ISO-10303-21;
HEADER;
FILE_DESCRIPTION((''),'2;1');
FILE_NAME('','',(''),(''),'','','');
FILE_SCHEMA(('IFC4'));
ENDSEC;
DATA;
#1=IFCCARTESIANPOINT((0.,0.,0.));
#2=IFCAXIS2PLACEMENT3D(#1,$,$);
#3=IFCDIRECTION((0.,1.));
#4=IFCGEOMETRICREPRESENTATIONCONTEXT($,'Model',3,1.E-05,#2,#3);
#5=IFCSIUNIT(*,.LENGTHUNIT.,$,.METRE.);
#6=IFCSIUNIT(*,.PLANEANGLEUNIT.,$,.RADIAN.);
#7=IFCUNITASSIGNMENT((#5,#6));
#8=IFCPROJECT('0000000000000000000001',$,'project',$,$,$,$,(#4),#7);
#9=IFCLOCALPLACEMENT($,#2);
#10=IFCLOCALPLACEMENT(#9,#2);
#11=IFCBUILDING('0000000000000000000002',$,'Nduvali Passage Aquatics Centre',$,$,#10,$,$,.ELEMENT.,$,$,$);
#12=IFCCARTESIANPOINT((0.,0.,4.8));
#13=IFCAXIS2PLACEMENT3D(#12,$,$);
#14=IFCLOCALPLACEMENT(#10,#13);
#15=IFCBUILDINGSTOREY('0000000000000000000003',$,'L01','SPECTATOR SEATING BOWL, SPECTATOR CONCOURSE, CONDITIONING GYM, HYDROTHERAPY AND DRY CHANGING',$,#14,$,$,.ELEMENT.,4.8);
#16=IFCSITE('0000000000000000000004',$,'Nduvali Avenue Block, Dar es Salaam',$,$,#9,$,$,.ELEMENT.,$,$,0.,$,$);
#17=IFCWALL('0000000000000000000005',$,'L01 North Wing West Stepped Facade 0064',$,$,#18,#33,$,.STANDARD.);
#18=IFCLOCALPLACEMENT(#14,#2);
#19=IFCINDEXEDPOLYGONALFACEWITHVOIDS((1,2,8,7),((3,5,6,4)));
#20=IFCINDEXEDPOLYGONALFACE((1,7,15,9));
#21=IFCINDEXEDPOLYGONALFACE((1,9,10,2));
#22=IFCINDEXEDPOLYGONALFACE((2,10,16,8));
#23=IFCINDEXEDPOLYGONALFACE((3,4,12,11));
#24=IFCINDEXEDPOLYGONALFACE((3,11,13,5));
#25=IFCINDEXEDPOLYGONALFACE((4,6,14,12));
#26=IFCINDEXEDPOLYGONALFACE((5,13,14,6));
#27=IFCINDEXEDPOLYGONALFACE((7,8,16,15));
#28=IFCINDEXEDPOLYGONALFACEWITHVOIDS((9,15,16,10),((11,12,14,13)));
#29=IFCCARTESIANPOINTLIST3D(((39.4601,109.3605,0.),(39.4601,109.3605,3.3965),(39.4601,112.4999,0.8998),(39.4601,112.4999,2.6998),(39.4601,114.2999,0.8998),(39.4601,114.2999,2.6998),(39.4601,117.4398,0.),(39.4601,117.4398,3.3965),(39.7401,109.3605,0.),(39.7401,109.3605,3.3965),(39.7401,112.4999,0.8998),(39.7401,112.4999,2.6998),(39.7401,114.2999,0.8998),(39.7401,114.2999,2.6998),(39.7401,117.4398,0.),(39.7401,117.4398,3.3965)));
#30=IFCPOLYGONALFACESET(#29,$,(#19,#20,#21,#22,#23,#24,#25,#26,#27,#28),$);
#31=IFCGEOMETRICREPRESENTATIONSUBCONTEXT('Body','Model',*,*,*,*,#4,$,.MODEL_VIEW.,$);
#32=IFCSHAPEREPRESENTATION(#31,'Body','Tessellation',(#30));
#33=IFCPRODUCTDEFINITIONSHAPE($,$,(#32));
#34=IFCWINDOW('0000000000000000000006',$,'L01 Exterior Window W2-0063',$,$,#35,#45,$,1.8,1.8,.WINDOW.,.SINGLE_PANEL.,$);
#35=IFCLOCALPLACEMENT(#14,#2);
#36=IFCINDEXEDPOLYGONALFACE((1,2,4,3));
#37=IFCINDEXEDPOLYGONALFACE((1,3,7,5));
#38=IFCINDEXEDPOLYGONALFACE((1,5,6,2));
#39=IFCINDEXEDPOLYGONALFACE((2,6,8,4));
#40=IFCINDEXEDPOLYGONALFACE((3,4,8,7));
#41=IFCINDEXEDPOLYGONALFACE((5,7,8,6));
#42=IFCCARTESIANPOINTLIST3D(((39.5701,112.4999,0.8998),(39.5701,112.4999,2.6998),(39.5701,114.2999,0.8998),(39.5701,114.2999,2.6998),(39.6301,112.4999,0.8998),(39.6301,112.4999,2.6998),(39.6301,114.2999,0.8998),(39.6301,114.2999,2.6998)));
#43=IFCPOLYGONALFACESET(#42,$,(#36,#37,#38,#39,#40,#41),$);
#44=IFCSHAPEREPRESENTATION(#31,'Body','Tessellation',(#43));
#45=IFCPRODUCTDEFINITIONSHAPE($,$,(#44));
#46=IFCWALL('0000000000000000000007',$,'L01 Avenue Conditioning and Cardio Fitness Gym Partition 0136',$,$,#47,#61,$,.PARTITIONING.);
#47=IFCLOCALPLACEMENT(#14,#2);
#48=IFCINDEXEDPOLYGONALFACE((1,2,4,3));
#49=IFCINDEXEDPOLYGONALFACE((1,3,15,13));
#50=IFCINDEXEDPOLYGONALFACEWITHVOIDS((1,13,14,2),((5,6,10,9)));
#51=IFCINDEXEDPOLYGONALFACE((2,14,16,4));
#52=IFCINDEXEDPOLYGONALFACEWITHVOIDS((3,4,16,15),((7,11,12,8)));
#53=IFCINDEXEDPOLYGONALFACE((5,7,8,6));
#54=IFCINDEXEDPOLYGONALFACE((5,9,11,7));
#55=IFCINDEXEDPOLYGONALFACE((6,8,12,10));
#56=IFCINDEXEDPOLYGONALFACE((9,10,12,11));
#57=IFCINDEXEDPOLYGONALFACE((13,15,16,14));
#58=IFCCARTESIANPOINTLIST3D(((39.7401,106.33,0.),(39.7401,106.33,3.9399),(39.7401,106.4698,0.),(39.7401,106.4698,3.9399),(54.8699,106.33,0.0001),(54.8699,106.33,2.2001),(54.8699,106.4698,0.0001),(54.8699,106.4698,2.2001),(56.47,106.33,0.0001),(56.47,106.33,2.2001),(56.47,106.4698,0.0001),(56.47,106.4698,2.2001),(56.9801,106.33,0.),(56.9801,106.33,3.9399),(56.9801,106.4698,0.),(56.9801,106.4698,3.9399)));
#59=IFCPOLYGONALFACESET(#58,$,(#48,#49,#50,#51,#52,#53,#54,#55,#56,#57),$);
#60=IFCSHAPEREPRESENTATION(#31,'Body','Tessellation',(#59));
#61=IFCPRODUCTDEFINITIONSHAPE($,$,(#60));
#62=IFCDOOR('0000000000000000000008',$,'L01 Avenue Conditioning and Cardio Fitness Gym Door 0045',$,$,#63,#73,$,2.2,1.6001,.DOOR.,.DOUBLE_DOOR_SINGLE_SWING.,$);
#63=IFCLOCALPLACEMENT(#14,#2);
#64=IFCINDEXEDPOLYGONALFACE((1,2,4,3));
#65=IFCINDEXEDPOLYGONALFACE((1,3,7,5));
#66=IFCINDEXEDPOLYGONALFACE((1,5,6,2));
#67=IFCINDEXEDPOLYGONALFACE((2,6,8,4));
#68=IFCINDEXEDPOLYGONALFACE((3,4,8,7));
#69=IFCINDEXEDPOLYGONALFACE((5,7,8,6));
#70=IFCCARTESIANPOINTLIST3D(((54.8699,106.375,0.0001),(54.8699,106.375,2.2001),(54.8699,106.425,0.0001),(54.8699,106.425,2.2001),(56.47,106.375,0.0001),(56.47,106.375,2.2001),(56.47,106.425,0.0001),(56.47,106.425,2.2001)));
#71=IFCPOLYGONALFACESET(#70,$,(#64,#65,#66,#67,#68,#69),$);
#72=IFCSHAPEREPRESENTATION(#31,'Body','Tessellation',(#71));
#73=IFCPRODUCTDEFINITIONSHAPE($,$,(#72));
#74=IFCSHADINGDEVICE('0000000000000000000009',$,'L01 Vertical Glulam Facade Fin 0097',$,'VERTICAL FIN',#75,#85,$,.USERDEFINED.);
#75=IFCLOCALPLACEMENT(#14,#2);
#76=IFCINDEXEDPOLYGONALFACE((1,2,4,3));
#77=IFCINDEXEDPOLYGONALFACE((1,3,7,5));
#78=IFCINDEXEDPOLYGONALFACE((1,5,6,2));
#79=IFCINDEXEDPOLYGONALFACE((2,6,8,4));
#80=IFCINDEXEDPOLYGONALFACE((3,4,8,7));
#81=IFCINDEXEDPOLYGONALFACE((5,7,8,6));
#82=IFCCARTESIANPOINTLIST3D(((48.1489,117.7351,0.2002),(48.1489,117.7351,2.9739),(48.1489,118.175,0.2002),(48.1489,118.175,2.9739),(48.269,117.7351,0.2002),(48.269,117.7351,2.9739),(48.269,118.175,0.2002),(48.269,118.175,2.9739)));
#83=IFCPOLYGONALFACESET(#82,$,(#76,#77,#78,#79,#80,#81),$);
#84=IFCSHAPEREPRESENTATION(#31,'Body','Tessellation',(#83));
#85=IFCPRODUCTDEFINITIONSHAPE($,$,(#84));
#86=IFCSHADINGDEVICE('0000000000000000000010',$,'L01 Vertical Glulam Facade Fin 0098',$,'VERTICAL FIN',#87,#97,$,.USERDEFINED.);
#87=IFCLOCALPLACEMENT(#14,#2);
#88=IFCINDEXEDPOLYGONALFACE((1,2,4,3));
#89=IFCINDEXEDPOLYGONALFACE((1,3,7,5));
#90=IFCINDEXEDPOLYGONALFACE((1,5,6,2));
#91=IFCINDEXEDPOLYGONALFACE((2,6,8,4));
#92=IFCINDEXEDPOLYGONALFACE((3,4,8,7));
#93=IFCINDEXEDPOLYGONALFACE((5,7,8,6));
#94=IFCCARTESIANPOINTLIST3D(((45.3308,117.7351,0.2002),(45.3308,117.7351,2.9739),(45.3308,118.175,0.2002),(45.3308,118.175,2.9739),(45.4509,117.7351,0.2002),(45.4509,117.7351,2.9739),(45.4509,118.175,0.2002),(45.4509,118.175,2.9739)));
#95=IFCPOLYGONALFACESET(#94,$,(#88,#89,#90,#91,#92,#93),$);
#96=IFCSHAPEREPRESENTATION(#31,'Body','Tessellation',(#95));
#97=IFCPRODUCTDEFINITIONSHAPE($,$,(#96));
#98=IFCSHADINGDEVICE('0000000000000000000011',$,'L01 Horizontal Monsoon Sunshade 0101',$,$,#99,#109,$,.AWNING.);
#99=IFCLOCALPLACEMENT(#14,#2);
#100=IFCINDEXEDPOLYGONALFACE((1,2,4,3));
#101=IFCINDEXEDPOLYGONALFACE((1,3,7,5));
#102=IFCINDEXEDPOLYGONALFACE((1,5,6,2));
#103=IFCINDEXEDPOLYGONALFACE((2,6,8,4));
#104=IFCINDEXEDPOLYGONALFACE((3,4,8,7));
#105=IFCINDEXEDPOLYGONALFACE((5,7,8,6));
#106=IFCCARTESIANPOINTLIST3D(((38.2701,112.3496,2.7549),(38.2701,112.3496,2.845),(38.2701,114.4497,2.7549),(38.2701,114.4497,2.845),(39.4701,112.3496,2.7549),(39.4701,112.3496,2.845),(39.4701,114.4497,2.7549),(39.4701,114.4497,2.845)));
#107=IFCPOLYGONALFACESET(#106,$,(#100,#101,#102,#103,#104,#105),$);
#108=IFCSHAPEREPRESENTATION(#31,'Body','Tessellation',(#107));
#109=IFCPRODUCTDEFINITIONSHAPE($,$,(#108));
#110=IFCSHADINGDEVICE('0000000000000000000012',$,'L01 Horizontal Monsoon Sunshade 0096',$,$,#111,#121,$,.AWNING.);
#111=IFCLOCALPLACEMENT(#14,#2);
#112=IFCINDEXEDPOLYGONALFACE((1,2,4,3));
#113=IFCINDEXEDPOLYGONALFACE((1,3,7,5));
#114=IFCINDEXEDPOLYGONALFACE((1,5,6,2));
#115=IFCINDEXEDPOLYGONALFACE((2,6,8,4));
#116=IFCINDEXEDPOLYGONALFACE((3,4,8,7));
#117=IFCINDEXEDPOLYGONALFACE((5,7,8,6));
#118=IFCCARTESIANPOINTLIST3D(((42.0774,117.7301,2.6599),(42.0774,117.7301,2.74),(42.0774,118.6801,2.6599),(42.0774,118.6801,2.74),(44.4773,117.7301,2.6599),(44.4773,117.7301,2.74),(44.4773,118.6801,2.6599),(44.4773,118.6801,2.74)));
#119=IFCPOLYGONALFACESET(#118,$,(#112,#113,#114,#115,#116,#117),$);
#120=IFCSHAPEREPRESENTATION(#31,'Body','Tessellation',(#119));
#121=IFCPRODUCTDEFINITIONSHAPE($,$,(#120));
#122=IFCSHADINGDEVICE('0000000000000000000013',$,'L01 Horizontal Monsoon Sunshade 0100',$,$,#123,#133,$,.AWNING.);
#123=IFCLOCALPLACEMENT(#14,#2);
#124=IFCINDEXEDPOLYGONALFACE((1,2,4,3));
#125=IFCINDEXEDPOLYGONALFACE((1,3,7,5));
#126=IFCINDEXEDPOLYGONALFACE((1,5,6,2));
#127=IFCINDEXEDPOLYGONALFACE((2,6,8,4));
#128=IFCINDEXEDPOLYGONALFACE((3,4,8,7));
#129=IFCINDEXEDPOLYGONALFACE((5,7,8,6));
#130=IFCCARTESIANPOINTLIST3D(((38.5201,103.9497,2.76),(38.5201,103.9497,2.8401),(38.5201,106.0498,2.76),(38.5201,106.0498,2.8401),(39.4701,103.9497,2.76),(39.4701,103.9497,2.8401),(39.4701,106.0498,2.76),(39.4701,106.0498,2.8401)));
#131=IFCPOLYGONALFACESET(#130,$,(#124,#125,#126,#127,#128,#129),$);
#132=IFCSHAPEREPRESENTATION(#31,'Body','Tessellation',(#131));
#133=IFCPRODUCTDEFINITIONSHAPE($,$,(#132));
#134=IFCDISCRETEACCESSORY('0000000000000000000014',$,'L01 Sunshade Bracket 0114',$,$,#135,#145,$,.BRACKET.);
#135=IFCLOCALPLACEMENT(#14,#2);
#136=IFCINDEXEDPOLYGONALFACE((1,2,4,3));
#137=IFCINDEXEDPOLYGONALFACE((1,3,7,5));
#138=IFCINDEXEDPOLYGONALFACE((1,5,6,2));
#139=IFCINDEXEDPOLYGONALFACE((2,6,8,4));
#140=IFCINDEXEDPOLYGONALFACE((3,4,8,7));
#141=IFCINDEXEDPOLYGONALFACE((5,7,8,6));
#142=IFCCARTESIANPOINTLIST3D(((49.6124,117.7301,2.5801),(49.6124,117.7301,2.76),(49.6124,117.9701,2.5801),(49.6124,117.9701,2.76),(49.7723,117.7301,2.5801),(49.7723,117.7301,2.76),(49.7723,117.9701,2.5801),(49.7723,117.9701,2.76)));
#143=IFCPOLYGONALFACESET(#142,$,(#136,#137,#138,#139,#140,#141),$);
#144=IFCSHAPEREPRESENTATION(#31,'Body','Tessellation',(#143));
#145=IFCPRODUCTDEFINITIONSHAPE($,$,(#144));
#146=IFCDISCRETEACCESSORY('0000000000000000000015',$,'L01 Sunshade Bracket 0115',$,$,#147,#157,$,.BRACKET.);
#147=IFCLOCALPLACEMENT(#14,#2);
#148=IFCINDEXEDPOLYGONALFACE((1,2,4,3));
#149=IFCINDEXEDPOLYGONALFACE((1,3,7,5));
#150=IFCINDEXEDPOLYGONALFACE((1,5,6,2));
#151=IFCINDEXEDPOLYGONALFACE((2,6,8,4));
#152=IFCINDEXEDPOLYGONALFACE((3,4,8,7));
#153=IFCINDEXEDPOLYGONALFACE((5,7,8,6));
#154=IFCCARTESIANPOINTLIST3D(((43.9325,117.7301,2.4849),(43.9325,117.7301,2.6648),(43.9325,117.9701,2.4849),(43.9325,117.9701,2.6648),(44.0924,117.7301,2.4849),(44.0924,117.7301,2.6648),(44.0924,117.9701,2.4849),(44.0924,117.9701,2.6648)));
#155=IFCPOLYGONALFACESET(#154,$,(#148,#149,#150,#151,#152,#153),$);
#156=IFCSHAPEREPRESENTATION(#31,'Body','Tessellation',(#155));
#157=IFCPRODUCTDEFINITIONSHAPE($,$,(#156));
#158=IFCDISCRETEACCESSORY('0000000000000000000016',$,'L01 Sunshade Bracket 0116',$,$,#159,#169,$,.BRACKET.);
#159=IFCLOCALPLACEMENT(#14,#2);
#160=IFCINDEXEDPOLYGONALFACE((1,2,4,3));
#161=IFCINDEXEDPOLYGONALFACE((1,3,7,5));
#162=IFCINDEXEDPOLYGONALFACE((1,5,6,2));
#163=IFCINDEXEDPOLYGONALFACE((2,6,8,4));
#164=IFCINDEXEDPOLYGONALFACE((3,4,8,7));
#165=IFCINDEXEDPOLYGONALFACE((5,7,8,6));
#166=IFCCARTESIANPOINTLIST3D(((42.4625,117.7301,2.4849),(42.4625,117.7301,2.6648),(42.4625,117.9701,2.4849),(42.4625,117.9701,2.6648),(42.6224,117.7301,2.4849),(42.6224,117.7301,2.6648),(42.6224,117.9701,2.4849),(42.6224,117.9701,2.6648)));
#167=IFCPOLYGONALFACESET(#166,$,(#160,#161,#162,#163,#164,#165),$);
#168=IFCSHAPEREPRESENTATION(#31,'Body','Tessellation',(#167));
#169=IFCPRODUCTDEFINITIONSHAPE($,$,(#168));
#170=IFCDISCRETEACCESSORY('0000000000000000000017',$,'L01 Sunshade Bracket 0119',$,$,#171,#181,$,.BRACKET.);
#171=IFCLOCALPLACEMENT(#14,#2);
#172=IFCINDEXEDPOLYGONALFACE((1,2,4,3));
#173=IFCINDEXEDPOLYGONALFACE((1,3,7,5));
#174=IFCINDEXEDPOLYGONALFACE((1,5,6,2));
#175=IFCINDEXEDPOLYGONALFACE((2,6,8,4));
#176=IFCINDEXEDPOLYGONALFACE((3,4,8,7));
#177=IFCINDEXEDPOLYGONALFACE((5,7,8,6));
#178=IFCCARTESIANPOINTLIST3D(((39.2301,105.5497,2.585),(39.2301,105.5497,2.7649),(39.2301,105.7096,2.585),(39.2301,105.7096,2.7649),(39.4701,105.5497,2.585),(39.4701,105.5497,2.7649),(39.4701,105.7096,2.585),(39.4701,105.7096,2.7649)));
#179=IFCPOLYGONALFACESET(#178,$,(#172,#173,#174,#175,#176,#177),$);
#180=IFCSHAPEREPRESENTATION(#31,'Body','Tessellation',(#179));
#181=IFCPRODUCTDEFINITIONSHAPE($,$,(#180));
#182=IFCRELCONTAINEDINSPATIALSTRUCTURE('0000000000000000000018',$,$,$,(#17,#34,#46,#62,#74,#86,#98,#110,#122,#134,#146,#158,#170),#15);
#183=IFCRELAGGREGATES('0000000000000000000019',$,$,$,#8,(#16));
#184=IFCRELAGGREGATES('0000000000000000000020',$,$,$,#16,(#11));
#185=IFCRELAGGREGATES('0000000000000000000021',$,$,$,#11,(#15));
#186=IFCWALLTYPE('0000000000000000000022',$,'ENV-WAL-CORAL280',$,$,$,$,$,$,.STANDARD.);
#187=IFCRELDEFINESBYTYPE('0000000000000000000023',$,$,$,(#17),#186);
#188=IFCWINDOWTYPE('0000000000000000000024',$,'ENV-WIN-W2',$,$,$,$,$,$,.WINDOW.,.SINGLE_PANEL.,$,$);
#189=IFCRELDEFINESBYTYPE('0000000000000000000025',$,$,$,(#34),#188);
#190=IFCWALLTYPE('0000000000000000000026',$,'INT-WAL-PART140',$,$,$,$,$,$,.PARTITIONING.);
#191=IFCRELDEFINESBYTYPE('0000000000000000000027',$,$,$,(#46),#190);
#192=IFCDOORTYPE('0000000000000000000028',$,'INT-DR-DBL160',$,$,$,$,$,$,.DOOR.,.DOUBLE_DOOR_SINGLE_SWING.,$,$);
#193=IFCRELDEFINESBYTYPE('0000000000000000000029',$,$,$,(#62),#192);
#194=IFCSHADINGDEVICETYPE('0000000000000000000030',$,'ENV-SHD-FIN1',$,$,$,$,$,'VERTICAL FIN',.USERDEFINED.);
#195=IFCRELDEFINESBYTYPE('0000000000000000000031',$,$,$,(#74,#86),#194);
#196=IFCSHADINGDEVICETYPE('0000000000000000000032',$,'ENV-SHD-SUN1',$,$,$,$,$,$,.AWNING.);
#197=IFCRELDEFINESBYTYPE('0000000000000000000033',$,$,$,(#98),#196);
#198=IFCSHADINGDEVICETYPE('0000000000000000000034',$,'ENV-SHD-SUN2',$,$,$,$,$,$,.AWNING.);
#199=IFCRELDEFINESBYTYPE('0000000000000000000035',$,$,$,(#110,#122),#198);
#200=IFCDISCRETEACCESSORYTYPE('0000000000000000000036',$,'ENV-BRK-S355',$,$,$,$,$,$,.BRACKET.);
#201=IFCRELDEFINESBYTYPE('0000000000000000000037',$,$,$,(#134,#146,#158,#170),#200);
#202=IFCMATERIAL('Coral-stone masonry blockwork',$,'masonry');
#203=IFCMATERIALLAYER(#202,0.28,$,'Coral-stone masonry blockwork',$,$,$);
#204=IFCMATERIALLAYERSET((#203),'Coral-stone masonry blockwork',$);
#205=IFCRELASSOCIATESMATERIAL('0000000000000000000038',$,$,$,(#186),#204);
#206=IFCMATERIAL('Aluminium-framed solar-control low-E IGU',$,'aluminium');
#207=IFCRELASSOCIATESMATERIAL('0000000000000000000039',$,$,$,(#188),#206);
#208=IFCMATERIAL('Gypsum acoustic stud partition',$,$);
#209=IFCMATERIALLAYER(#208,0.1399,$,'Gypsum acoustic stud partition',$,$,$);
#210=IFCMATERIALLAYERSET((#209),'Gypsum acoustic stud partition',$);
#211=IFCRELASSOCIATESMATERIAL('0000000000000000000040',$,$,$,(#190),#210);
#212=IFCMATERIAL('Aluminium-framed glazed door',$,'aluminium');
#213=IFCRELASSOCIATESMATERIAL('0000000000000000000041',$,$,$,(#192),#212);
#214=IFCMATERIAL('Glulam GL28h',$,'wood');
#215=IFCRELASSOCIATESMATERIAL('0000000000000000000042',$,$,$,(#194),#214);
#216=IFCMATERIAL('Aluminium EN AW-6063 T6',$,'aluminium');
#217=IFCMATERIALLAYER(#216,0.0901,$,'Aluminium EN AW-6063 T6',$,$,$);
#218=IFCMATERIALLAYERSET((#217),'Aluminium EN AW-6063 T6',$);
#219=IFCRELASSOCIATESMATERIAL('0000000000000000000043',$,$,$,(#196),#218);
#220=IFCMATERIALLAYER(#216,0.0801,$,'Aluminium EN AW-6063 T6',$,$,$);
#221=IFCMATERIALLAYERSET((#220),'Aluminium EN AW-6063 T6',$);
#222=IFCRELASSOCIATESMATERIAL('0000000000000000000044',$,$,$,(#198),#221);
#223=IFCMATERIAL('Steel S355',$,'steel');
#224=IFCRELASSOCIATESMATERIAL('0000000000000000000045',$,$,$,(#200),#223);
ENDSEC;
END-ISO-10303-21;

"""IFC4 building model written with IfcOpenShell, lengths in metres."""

from ifc_helpers import new_model, si_unit, direction, frame, frame_2d, origin, origin_2d, place, context, subcontext, project, spatial, rectangle, extrude, material, layer, layer_set, type_object, element, fill, save


model = new_model("IFC4")

# Units and contexts
model_context = context("Model", 3, precision=1e-05, world=origin(), true_north=direction((0.0, 1.0)))
body_context = subcontext(model_context, "Body", "Model", "MODEL_VIEW")
ifc_project = project(units=[si_unit("LENGTHUNIT", "METRE"), si_unit("PLANEANGLEUNIT", "RADIAN")], contexts=[model_context])

# Site, building, storey
site_placement = place(None, origin())
site = spatial("IfcSite", under=ifc_project, at=site_placement, Name="Nduvali Avenue Block, Dar es Salaam", CompositionType="ELEMENT", RefElevation=0.0)
building_placement = place(site_placement, origin())
building = spatial("IfcBuilding", under=site, at=building_placement, Name="Nduvali Passage Aquatics Centre", CompositionType="ELEMENT")
storey_placement = place(building_placement, frame((0.0, 0.0, 4.8)))
storey = spatial("IfcBuildingStorey", under=building, at=storey_placement, Name="L01", Description="SPECTATOR SEATING BOWL, SPECTATOR CONCOURSE, CONDITIONING GYM, HYDROTHERAPY AND DRY CHANGING", CompositionType="ELEMENT", Elevation=4.8)

# Shared definitions
ifc_material_1 = material(Name="Steel S355", Category="steel")

# Wall, opening, window
ifc_material_2 = material(Name="Coral-stone masonry blockwork", Category="masonry")
ifc_layer_1 = layer(ifc_material_2, 0.28, Name="Coral-stone masonry blockwork")
ifc_layer_set_1 = layer_set([ifc_layer_1], Name="Coral-stone masonry blockwork")
wall_type_1 = type_object("IfcWallType", Name="ENV-WAL-CORAL280", PredefinedType="STANDARD", material=ifc_layer_set_1)
ifc_material_3 = material(Name="Aluminium-framed solar-control low-E IGU", Category="aluminium")
window_type = type_object("IfcWindowType", Name="ENV-WIN-W2", PartitioningType="SINGLE_PANEL", PredefinedType="WINDOW", material=ifc_material_3)
wall_1_placement = place(storey_placement, frame((39.6001, 117.4397, 0.0), z_axis=(0.0, 0.0, 1.0), x_axis=(0.0, -1.0, 0.0)))
wall_1 = element("IfcWall", 1, at=wall_1_placement, inside=storey, type_object=wall_type_1, Name="L01 North Wing West Stepped Facade 0064", PredefinedType="STANDARD", context=body_context, shape_type="SweptSolid", body=[
    extrude(rectangle(XDim=8.0793, YDim=0.28, at=frame_2d((4.0396, 0.0))), origin(), (0.0, 0.0, 1.0), 3.3965),
])
opening_1_placement = place(wall_1_placement, frame((3.1399, 0.0, 0.8999)))
opening_1 = element("IfcOpeningElement", 2, at=opening_1_placement, cuts=wall_1, PredefinedType="OPENING", context=body_context, shape_type="SweptSolid", body=[
    extrude(rectangle(XDim=1.8, YDim=1.8, at=frame_2d((0.8999, 0.8999))), frame((0.0, 0.1548, 0.0), z_axis=(0.0, -1.0, 0.0), x_axis=(1.0, 0.0, 0.0)), (0.0, 0.0, 1.0), 0.3098),
])
window_1_placement = place(opening_1_placement, origin())
window_1 = element("IfcWindow", 3, at=window_1_placement, inside=storey, type_object=window_type, Name="L01 Exterior Window W2-0063", OverallHeight=1.8, OverallWidth=1.8, PartitioningType="SINGLE_PANEL", PredefinedType="WINDOW", context=body_context, shape_type="SweptSolid", body=[
    extrude(rectangle(XDim=1.8, YDim=1.8, at=frame_2d((0.8999, 0.8999))), frame((0.0, 0.03, 0.0), z_axis=(0.0, -1.0, 0.0), x_axis=(1.0, 0.0, 0.0)), (0.0, 0.0, 1.0), 0.0601),
])
fill(opening_1, window_1)

# Wall, opening, door
ifc_material_4 = material(Name="Gypsum acoustic stud partition")
ifc_layer_2 = layer(ifc_material_4, 0.1399, Name="Gypsum acoustic stud partition")
ifc_layer_set_2 = layer_set([ifc_layer_2], Name="Gypsum acoustic stud partition")
wall_type_2 = type_object("IfcWallType", Name="INT-WAL-PART140", PredefinedType="PARTITIONING", material=ifc_layer_set_2)
wall_2_placement = place(storey_placement, frame((39.74, 106.3999, 0.0), z_axis=(0.0, 0.0, 1.0), x_axis=(1.0, 0.0, 0.0)))
wall_2 = element("IfcWall", 4, at=wall_2_placement, inside=storey, type_object=wall_type_2, Name="L01 Avenue Conditioning and Cardio Fitness Gym Partition 0136", PredefinedType="PARTITIONING", context=body_context, shape_type="SweptSolid", body=[
    extrude(rectangle(XDim=17.24, YDim=0.1399, at=frame_2d((8.6201, 0.0))), origin(), (0.0, 0.0, 1.0), 3.9399),
])
opening_2_placement = place(wall_2_placement, frame((15.1299, 0.0, 0.0)))
opening_2 = element("IfcOpeningElement", 5, at=opening_2_placement, cuts=wall_2, PredefinedType="OPENING", context=body_context, shape_type="SweptSolid", body=[
    extrude(rectangle(XDim=1.6001, YDim=2.2, at=frame_2d((0.8, 1.1001))), frame((0.0, 0.085, 0.0), z_axis=(0.0, -1.0, 0.0), x_axis=(1.0, 0.0, 0.0)), (0.0, 0.0, 1.0), 0.1697),
])
ifc_material_5 = material(Name="Aluminium-framed glazed door", Category="aluminium")
door_type = type_object("IfcDoorType", Name="INT-DR-DBL160", OperationType="DOUBLE_DOOR_SINGLE_SWING", PredefinedType="DOOR", material=ifc_material_5)
door_placement = place(opening_2_placement, frame((1.6001, 0.0, 0.0), z_axis=(0.0, 0.0, 1.0), x_axis=(-1.0, 0.0, 0.0)))
door = element("IfcDoor", 6, at=door_placement, inside=storey, type_object=door_type, Name="L01 Avenue Conditioning and Cardio Fitness Gym Door 0045", OperationType="DOUBLE_DOOR_SINGLE_SWING", OverallHeight=2.2, OverallWidth=1.6001, PredefinedType="DOOR", context=body_context, shape_type="SweptSolid", body=[
    extrude(rectangle(XDim=1.6001, YDim=2.2, at=frame_2d((0.8, 1.1001))), frame((0.0, 0.0249, 0.0), z_axis=(0.0, -1.0, 0.0), x_axis=(1.0, 0.0, 0.0)), (0.0, 0.0, 1.0), 0.05),
])
fill(opening_2, door)

# Shading devices
ifc_material_6 = material(Name="Glulam GL28h", Category="wood")
shading_device_type_1 = type_object("IfcShadingDeviceType", Name="ENV-SHD-FIN1", ElementType="VERTICAL FIN", PredefinedType="USERDEFINED", material=ifc_material_6)
for number, where, z_axis, x_axis, name in (
    (7, (48.209, 117.9551, 0.2002), (0.0, 0.0, 1.0), (-1.0, 0.0, 0.0), "L01 Vertical Glulam Facade Fin 0097"),
    (8, (45.3909, 117.9551, 0.2002), (0.0, 0.0, 1.0), (-1.0, 0.0, 0.0), "L01 Vertical Glulam Facade Fin 0098"),
):
    element("IfcShadingDevice", number, at=place(storey_placement, frame(where, z_axis=z_axis, x_axis=x_axis)), inside=storey, type_object=shading_device_type_1, Name=name, ObjectType="VERTICAL FIN", PredefinedType="USERDEFINED", context=body_context, shape_type="SweptSolid", body=[
        extrude(rectangle(XDim=0.1201, YDim=0.4399, at=origin_2d()), origin(), (0.0, 0.0, 1.0), 2.7737),
    ])
ifc_material_7 = material(Name="Aluminium EN AW-6063 T6", Category="aluminium")
ifc_layer_3 = layer(ifc_material_7, 0.0901, Name="Aluminium EN AW-6063 T6")
ifc_layer_set_3 = layer_set([ifc_layer_3], Name="Aluminium EN AW-6063 T6")
shading_device_type_2 = type_object("IfcShadingDeviceType", Name="ENV-SHD-SUN1", PredefinedType="AWNING", material=ifc_layer_set_3)
shading_device_1_placement = place(storey_placement, frame((38.8701, 113.3997, 2.7549), z_axis=(0.0, 0.0, 1.0), x_axis=(0.0, -1.0, 0.0)))
element("IfcShadingDevice", 9, at=shading_device_1_placement, inside=storey, type_object=shading_device_type_2, Name="L01 Horizontal Monsoon Sunshade 0101", PredefinedType="AWNING", context=body_context, shape_type="SweptSolid", body=[
    extrude(rectangle(XDim=2.1001, YDim=1.2, at=origin_2d()), origin(), (0.0, 0.0, 1.0), 0.0901),
])
ifc_layer_4 = layer(ifc_material_7, 0.0801, Name="Aluminium EN AW-6063 T6")
ifc_layer_set_4 = layer_set([ifc_layer_4], Name="Aluminium EN AW-6063 T6")
shading_device_type_3 = type_object("IfcShadingDeviceType", Name="ENV-SHD-SUN2", PredefinedType="AWNING", material=ifc_layer_set_4)
shading_device_2_placement = place(storey_placement, frame((43.2773, 118.2051, 2.6599), z_axis=(0.0, 0.0, 1.0), x_axis=(-1.0, 0.0, 0.0)))
element("IfcShadingDevice", 10, at=shading_device_2_placement, inside=storey, type_object=shading_device_type_3, Name="L01 Horizontal Monsoon Sunshade 0096", PredefinedType="AWNING", context=body_context, shape_type="SweptSolid", body=[
    extrude(rectangle(XDim=2.3999, YDim=0.95, at=origin_2d()), origin(), (0.0, 0.0, 1.0), 0.0801),
])
shading_device_3_placement = place(storey_placement, frame((38.9951, 104.9998, 2.76), z_axis=(0.0, 0.0, 1.0), x_axis=(0.0, -1.0, 0.0)))
element("IfcShadingDevice", 11, at=shading_device_3_placement, inside=storey, type_object=shading_device_type_3, Name="L01 Horizontal Monsoon Sunshade 0100", PredefinedType="AWNING", context=body_context, shape_type="SweptSolid", body=[
    extrude(rectangle(XDim=2.1001, YDim=0.95, at=origin_2d()), origin(), (0.0, 0.0, 1.0), 0.0801),
])

# Discrete accessories
discrete_accessory_type = type_object("IfcDiscreteAccessoryType", Name="ENV-BRK-S355", PredefinedType="BRACKET", material=ifc_material_1)
for number, where, z_axis, x_axis, name in (
    (12, (49.6924, 117.8501, 2.5801), (0.0, 0.0, 1.0), (-1.0, 0.0, 0.0), "L01 Sunshade Bracket 0114"),
    (13, (44.0125, 117.8501, 2.4849), (0.0, 0.0, 1.0), (-1.0, 0.0, 0.0), "L01 Sunshade Bracket 0115"),
    (14, (42.5425, 117.8501, 2.4849), (0.0, 0.0, 1.0), (-1.0, 0.0, 0.0), "L01 Sunshade Bracket 0116"),
    (15, (39.3501, 105.6296, 2.585), (0.0, 0.0, 1.0), (0.0, -1.0, 0.0), "L01 Sunshade Bracket 0119"),
):
    element("IfcDiscreteAccessory", number, at=place(storey_placement, frame(where, z_axis=z_axis, x_axis=x_axis)), inside=storey, type_object=discrete_accessory_type, Name=name, PredefinedType="BRACKET", context=body_context, shape_type="SweptSolid", body=[
        extrude(rectangle(XDim=0.1599, YDim=0.24, at=origin_2d()), origin(), (0.0, 0.0, 1.0), 0.1799),
    ])

save(model, "model.ifc")
